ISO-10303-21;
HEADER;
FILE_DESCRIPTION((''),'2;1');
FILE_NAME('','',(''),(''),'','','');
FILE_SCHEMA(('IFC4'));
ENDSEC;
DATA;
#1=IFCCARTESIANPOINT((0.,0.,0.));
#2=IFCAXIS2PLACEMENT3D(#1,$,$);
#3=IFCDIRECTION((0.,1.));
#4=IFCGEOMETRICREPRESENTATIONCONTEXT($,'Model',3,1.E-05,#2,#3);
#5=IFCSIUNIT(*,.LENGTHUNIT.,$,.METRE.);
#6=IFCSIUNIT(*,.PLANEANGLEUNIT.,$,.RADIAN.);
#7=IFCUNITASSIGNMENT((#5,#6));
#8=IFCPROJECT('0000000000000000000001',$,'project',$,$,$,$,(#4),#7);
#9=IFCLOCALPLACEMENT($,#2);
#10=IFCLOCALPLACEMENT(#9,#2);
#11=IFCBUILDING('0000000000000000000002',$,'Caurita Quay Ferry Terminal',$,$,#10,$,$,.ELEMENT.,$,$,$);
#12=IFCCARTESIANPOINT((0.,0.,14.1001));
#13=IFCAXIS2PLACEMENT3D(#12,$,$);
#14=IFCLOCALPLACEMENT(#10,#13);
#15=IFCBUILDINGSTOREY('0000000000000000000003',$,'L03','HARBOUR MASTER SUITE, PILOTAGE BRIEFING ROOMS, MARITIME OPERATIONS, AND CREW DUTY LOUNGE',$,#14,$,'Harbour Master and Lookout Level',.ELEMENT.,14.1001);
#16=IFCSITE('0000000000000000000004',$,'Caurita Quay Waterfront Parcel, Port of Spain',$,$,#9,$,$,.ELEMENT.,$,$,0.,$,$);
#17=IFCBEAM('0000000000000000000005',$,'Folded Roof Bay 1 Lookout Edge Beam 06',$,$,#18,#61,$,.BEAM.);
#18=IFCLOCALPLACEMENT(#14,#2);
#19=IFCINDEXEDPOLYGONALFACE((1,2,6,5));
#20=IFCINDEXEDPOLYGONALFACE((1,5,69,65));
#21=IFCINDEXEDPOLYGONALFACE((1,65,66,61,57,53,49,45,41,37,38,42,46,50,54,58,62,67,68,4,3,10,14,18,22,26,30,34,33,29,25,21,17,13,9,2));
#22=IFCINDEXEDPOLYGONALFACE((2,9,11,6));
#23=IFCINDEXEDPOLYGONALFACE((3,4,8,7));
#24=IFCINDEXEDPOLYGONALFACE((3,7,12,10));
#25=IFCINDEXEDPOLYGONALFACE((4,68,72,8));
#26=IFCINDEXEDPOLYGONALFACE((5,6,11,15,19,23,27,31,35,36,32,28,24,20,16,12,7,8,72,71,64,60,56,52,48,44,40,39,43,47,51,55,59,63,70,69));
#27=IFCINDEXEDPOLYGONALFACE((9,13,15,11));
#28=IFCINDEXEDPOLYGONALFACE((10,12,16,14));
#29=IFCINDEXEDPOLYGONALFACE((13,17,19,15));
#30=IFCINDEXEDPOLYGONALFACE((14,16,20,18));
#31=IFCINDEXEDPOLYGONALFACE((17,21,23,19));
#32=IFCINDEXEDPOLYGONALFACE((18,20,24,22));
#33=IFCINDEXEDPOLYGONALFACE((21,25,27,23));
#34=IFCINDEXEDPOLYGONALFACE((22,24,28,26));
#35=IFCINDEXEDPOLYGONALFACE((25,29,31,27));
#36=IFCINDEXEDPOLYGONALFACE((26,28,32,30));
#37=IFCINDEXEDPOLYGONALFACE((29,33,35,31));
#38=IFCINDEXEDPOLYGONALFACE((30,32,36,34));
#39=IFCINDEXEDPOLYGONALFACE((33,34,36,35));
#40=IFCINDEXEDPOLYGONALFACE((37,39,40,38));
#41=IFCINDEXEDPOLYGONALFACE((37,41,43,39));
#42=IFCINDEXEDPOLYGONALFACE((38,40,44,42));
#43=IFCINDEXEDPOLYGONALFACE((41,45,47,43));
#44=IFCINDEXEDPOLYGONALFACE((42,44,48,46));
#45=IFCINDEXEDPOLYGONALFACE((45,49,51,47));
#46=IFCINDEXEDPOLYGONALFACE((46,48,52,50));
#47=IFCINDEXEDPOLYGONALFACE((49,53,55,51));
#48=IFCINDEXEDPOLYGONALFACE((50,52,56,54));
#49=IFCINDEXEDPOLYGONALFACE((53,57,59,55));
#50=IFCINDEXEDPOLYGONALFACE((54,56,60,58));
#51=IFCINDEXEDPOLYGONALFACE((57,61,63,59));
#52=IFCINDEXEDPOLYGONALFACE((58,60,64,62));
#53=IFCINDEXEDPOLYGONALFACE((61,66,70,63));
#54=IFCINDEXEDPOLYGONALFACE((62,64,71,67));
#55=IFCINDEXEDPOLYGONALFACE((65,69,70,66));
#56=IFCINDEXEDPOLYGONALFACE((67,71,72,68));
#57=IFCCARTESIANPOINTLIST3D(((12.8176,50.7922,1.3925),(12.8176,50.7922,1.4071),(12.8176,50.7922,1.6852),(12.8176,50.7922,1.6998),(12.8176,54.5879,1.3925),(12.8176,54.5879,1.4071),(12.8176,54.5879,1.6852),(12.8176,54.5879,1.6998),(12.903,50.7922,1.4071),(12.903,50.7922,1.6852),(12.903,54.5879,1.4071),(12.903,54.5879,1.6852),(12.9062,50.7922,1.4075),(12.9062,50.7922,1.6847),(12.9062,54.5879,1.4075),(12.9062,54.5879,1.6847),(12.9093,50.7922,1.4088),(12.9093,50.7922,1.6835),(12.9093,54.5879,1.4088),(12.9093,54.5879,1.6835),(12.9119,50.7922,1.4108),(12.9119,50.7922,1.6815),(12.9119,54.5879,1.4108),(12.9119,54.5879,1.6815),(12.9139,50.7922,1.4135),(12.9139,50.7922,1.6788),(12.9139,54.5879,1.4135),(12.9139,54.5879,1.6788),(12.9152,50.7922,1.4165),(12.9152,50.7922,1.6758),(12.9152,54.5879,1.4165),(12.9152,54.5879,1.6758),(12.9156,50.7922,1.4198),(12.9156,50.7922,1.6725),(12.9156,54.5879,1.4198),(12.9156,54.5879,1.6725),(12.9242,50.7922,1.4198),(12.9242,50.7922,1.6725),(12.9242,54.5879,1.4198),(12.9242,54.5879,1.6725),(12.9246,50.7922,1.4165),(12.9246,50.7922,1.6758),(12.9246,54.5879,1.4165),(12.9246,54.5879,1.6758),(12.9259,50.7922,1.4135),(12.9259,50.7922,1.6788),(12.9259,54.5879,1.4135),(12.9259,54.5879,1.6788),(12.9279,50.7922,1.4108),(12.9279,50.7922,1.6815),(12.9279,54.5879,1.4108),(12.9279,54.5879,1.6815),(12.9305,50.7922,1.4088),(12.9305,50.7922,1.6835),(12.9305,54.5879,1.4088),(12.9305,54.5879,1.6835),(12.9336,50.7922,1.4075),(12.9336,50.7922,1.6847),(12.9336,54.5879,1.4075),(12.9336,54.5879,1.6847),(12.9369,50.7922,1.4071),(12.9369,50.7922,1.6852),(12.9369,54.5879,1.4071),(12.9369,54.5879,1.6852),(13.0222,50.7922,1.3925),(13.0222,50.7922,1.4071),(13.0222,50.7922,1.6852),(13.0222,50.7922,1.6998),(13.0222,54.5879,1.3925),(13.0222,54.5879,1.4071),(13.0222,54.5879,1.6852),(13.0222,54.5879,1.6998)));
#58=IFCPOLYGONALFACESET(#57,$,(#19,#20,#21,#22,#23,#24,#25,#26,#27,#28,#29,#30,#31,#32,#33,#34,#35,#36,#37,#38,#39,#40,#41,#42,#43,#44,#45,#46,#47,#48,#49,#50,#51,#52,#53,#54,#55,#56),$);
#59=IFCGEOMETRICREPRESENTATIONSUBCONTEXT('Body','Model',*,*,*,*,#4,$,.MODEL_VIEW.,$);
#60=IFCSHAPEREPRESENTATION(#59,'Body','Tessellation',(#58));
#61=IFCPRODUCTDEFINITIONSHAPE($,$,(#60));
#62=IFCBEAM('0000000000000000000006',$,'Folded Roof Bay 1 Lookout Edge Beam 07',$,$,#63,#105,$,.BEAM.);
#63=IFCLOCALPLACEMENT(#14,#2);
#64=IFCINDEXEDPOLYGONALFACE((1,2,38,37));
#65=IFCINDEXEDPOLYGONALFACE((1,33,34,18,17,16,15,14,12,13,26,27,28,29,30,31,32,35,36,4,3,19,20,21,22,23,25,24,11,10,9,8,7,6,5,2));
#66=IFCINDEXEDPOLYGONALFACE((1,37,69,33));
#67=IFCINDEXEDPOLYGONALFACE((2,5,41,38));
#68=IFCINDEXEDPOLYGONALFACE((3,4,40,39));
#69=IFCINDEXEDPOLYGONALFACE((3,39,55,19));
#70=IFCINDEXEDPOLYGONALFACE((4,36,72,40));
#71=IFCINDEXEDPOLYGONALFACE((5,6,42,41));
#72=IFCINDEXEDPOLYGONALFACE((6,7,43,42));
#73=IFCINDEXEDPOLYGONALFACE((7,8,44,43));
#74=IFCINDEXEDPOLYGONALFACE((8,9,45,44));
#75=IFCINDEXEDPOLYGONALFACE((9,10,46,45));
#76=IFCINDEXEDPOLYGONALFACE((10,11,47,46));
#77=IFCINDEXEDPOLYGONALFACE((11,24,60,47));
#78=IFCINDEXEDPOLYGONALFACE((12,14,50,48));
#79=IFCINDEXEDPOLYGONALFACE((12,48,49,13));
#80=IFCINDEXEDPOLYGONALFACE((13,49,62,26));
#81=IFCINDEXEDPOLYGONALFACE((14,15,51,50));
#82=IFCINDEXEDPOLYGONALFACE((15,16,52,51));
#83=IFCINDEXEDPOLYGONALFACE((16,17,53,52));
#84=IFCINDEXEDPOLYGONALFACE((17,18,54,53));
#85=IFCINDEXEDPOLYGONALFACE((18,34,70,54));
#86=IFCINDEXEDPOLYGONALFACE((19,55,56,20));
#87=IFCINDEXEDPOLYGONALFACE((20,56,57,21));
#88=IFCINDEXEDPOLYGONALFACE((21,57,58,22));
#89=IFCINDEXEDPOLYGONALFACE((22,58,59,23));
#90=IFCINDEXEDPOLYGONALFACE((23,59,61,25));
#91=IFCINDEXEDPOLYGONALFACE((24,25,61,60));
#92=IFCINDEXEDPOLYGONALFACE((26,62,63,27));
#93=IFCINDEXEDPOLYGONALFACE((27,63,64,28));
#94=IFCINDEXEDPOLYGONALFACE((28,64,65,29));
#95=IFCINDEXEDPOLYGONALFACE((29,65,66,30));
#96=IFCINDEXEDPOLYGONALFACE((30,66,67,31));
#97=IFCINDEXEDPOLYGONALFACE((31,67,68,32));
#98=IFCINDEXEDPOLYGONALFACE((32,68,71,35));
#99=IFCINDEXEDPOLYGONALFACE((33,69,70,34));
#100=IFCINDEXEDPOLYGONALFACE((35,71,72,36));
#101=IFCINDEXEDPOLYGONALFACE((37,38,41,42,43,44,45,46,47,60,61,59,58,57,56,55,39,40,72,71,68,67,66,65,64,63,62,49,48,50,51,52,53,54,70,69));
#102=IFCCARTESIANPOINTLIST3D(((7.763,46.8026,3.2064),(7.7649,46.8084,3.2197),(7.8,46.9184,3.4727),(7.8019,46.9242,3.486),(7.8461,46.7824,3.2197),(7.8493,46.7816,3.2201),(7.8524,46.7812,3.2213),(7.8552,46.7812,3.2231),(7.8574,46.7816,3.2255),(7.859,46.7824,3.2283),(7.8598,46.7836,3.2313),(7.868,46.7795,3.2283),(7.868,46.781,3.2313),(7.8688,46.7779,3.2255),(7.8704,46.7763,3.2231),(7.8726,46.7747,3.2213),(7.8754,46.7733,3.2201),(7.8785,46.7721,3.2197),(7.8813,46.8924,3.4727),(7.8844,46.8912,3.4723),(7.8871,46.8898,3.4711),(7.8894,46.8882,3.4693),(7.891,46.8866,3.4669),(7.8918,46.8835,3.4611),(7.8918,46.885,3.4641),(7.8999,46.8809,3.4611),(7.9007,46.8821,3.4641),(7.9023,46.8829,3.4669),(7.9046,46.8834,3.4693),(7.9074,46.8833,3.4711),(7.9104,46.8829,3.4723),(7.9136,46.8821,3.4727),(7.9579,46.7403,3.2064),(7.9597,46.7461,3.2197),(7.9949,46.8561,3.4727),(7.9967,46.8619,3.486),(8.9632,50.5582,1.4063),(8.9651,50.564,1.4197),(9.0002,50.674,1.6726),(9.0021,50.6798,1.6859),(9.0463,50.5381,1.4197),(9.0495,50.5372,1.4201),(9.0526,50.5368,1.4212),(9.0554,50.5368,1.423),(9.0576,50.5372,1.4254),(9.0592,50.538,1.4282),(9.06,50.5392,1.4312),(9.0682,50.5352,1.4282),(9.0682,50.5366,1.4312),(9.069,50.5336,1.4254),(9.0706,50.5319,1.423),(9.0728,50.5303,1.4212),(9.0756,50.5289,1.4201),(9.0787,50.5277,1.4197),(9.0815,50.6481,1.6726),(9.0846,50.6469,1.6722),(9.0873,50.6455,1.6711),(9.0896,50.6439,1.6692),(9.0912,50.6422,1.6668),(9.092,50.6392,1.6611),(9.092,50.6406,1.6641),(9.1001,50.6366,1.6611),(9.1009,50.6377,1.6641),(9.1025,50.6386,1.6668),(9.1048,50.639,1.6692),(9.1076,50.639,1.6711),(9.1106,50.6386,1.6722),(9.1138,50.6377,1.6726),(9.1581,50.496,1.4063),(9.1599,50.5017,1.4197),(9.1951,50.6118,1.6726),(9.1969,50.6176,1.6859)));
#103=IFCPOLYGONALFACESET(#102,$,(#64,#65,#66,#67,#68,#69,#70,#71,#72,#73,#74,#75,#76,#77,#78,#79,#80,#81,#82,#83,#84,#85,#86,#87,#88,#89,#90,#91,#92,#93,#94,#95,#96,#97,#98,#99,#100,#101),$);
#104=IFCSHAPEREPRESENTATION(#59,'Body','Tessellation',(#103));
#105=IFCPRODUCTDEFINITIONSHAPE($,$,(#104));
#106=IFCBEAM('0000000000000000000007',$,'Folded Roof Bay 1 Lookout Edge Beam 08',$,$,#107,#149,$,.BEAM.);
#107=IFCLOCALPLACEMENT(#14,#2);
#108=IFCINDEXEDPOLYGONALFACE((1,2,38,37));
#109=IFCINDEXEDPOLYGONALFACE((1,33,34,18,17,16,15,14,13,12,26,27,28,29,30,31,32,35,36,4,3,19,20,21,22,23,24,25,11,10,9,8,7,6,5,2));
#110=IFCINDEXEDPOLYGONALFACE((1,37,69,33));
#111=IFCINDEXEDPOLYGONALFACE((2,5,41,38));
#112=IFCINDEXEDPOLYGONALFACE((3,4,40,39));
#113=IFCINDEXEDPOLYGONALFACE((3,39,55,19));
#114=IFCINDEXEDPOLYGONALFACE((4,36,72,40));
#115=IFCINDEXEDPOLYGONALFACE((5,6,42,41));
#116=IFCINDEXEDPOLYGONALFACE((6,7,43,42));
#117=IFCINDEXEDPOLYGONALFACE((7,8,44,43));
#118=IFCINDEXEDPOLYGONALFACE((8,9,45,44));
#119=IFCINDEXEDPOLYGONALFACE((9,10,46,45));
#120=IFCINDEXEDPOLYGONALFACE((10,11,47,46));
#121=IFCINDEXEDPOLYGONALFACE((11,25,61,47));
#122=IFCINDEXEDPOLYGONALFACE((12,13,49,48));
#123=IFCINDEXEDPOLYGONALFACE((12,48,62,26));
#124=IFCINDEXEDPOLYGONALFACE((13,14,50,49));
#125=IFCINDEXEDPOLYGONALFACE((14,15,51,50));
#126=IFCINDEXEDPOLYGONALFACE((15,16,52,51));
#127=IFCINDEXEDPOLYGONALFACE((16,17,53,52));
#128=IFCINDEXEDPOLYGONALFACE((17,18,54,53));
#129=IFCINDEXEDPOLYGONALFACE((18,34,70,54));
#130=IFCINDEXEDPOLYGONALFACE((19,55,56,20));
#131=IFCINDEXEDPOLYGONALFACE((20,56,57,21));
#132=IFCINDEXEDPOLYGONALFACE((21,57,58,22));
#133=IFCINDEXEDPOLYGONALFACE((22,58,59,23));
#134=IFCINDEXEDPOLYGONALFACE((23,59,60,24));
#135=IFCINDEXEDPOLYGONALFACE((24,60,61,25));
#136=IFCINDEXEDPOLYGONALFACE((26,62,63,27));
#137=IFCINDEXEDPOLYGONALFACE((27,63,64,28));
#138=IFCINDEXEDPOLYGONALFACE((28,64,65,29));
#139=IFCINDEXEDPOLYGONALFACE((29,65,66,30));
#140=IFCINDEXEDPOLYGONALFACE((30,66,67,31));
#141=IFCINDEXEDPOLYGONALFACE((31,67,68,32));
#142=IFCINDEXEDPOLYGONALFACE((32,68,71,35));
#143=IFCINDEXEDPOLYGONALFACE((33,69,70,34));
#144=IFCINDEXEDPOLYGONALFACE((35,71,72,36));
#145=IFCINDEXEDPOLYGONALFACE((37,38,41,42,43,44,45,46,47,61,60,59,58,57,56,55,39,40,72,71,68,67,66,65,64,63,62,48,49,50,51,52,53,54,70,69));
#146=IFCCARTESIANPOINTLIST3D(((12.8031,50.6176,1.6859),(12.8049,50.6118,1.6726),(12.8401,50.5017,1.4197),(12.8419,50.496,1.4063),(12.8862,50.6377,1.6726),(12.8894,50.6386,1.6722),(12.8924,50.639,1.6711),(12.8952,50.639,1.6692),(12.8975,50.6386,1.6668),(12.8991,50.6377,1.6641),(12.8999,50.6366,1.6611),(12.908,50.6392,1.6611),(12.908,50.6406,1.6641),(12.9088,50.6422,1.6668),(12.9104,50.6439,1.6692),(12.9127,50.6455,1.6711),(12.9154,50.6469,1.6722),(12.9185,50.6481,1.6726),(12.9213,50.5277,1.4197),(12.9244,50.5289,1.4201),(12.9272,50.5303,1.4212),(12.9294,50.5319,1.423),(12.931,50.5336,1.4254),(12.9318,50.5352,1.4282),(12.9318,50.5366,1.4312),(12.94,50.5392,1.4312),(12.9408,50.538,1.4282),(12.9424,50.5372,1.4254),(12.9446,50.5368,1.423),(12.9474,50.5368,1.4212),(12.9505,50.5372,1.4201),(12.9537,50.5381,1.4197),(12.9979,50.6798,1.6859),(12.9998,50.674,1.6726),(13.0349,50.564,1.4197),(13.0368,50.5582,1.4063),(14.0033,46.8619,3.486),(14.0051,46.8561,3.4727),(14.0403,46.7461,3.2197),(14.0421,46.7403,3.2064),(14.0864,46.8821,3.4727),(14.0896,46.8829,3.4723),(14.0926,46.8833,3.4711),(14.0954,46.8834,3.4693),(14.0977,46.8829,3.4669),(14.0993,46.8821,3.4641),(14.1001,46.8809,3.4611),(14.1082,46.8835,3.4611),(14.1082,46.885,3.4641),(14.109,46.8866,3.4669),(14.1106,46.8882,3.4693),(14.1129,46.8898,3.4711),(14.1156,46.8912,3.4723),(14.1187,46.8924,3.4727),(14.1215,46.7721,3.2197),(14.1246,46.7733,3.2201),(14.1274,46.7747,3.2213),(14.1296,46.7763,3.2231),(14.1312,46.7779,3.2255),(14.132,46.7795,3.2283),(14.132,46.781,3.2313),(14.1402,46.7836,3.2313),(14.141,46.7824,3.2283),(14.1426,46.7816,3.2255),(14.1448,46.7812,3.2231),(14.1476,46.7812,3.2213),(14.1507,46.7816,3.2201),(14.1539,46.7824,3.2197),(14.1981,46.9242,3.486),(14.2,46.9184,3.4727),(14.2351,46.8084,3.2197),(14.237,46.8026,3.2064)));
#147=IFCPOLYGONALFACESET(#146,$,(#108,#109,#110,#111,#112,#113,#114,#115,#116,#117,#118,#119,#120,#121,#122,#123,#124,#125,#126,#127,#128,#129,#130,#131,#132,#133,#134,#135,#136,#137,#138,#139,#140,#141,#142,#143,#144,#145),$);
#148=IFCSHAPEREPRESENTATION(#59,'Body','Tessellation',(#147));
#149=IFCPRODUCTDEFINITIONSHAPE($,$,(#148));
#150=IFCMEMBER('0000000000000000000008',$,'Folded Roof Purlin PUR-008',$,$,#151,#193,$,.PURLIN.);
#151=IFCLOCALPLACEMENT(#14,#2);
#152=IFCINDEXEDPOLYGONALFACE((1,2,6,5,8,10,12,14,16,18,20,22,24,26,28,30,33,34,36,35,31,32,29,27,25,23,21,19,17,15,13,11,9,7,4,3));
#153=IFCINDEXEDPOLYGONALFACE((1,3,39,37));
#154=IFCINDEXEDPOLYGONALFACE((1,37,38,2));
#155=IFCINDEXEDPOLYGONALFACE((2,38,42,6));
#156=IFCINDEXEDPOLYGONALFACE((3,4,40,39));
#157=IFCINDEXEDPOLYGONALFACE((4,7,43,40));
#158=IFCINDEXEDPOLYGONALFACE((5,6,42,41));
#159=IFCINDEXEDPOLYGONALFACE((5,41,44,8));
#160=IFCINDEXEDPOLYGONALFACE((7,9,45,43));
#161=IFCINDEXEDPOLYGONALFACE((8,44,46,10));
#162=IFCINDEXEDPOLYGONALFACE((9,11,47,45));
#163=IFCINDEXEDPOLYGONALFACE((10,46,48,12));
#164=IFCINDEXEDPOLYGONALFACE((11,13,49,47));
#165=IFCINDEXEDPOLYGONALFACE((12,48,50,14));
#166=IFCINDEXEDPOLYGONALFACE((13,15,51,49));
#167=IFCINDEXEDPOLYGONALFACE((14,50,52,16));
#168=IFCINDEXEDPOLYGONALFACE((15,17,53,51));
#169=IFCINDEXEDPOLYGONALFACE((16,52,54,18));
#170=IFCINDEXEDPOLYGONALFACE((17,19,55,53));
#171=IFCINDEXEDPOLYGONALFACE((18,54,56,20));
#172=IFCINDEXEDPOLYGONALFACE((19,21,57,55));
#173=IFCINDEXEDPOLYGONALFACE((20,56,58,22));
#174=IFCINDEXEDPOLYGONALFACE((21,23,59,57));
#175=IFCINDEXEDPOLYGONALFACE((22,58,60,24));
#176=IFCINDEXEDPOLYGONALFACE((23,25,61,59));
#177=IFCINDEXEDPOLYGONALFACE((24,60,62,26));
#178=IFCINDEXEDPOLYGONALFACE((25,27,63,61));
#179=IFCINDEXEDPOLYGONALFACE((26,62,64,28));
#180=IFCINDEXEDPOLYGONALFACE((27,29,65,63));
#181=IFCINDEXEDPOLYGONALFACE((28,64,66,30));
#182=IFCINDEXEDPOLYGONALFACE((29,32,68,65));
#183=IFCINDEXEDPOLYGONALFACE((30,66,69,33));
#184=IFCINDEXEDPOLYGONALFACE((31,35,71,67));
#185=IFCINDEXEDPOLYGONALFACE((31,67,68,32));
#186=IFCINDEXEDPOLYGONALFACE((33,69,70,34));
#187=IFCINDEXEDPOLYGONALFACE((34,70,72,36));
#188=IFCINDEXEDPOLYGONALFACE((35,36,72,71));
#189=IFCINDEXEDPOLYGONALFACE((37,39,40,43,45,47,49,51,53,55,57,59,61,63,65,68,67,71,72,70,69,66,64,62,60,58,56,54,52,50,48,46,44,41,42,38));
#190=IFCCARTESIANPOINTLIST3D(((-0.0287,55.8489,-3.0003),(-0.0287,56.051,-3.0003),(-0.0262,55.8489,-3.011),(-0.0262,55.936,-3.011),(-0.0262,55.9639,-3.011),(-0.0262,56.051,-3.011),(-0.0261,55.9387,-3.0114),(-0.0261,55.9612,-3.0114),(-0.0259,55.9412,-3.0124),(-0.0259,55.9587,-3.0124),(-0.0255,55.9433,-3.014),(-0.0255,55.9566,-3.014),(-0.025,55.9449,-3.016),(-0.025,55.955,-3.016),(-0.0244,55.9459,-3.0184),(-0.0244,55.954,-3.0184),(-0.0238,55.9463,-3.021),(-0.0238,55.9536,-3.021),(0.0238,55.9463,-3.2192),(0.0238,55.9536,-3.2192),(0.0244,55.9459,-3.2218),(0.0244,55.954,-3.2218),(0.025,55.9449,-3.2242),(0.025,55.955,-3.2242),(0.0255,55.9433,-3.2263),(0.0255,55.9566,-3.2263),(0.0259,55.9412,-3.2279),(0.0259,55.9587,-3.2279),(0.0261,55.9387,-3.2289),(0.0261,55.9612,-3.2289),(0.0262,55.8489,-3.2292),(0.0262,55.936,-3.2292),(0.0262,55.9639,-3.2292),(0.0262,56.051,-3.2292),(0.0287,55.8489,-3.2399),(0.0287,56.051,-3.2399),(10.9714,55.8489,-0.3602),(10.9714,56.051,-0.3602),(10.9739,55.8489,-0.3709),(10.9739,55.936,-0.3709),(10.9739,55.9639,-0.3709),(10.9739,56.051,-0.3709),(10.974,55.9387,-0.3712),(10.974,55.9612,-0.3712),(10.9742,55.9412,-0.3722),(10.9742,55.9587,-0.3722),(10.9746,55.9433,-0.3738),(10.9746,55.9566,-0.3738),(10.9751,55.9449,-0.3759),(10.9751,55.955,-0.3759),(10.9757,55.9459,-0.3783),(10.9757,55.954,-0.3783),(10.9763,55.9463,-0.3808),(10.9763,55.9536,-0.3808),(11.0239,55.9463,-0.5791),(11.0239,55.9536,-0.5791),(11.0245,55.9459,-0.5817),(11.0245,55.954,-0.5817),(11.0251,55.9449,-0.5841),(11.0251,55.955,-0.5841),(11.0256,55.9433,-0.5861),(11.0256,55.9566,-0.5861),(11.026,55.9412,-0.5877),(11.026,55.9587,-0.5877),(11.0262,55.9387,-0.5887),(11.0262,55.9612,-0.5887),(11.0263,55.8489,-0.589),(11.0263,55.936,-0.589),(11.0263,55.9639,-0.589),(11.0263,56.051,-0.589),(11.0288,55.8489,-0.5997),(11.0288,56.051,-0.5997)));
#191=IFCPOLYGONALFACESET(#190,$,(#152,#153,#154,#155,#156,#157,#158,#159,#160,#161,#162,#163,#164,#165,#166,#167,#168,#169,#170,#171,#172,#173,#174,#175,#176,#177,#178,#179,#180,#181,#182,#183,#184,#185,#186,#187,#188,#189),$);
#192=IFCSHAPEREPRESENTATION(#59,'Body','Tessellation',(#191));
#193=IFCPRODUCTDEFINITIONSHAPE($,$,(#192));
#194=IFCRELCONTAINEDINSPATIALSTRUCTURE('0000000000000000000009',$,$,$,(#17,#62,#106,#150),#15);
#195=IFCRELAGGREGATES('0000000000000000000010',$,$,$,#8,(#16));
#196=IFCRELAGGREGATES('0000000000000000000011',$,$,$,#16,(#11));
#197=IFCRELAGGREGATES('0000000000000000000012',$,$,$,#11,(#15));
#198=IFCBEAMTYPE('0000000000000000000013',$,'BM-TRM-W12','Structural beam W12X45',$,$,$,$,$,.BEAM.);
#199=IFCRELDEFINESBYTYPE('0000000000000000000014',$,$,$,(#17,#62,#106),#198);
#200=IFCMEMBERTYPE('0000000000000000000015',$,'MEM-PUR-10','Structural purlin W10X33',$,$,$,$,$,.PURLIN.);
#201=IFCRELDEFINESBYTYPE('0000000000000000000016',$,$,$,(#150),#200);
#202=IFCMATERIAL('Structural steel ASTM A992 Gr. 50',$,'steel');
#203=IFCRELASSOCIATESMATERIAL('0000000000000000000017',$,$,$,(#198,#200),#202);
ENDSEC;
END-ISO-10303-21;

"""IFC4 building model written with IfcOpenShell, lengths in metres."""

from ifc_helpers import new_model, si_unit, direction, frame, origin, origin_2d, place, context, subcontext, project, spatial, i_section, extrude, material, material_profile, profile_set, type_object, element, save


model = new_model("IFC4")

# Units and contexts
model_context = context("Model", 3, precision=1e-05, world=origin(), true_north=direction((0.0, 1.0)))
body_context = subcontext(model_context, "Body", "Model", "MODEL_VIEW")
ifc_project = project(units=[si_unit("LENGTHUNIT", "METRE"), si_unit("PLANEANGLEUNIT", "RADIAN")], contexts=[model_context])

# Site, building, storey
site_placement = place(None, origin())
site = spatial("IfcSite", under=ifc_project, at=site_placement, Name="Caurita Quay Waterfront Parcel, Port of Spain", CompositionType="ELEMENT", RefElevation=0.0)
building_placement = place(site_placement, origin())
building = spatial("IfcBuilding", under=site, at=building_placement, Name="Caurita Quay Ferry Terminal", CompositionType="ELEMENT")
storey_placement = place(building_placement, frame((0.0, 0.0, 14.1001)))
storey = spatial("IfcBuildingStorey", under=building, at=storey_placement, Name="L03", Description="HARBOUR MASTER SUITE, PILOTAGE BRIEFING ROOMS, MARITIME OPERATIONS, AND CREW DUTY LOUNGE", LongName="Harbour Master and Lookout Level", CompositionType="ELEMENT", Elevation=14.1001)

# Beams
ifc_material_1 = material(Name="Structural steel ASTM A992 Gr. 50", Category="steel")
ifc_material_profile_1 = material_profile(ifc_material_1, i_section(OverallWidth=0.2046, OverallDepth=0.3074, WebThickness=0.0085, FlangeThickness=0.0146, FilletRadius=0.0127, at=origin_2d()), Name="W12X45")
ifc_profile_set_1 = profile_set([ifc_material_profile_1], Name="Structural steel ASTM A992 Gr. 50")
beam_type_1 = type_object("IfcBeamType", Name="BM-TRM-W12", Description="Structural beam W12X45", PredefinedType="BEAM", material=ifc_profile_set_1)
for number, where, z_axis, x_axis, name in (
    (1, (12.9199, 54.5879, 1.5461), (0.0, -1.0, 0.0), (1.0, 0.0, 0.0), "Folded Roof Bay 1 Lookout Edge Beam 06"),
):
    element("IfcBeam", number, at=place(storey_placement, frame(where, z_axis=z_axis, x_axis=x_axis)), inside=storey, type_object=beam_type_1, Name=name, PredefinedType="BEAM", context=body_context, shape_type="SweptSolid", body=[
        extrude(i_section(OverallWidth=0.2046, OverallDepth=0.3074, WebThickness=0.0085, FlangeThickness=0.0146, FilletRadius=0.0127, at=origin_2d()), origin(), (0.0, 0.0, 1.0), 3.7957),
    ])
for number, where, z_axis, x_axis, name in (
    (2, (9.0801, 50.5879, 1.5461), (-0.276913, -0.866507, 0.415313), (0.952542, -0.304407, 0.0), "Folded Roof Bay 1 Lookout Edge Beam 07"),
    (3, (12.9199, 50.5879, 1.5461), (0.276913, -0.866507, 0.415313), (0.952542, 0.304407, 0.0), "Folded Roof Bay 1 Lookout Edge Beam 08"),
):
    element("IfcBeam", number, at=place(storey_placement, frame(where, z_axis=z_axis, x_axis=x_axis)), inside=storey, type_object=beam_type_1, Name=name, PredefinedType="BEAM", context=body_context, shape_type="SweptSolid", body=[
        extrude(i_section(OverallWidth=0.2046, OverallDepth=0.3074, WebThickness=0.0085, FlangeThickness=0.0146, FilletRadius=0.0127, at=origin_2d()), origin(), (0.0, 0.0, 1.0), 4.3342),
    ])

# Member
ifc_material_profile_2 = material_profile(ifc_material_1, i_section(OverallWidth=0.2021, OverallDepth=0.2463, WebThickness=0.0073, FlangeThickness=0.011, FilletRadius=0.0103, at=origin_2d()), Name="W10X33")
ifc_profile_set_2 = profile_set([ifc_material_profile_2], Name="Structural steel ASTM A992 Gr. 50")
member_type_1 = type_object("IfcMemberType", Name="MEM-PUR-10", Description="Structural purlin W10X33", PredefinedType="PURLIN", material=ifc_profile_set_2)
member_1_placement = place(storey_placement, frame((0.0, 55.95, -3.1201), z_axis=(0.972385, 0.0, 0.233384), x_axis=(0.0, 1.0, 0.0)))
element("IfcMember", 4, at=member_1_placement, inside=storey, type_object=member_type_1, Name="Folded Roof Purlin PUR-008", PredefinedType="PURLIN", context=body_context, shape_type="SweptSolid", body=[
    extrude(i_section(OverallWidth=0.2021, OverallDepth=0.2463, WebThickness=0.0073, FlangeThickness=0.011, FilletRadius=0.0103, at=origin_2d()), origin(), (0.0, 0.0, 1.0), 11.3125),
])

save(model, "model.ifc")
